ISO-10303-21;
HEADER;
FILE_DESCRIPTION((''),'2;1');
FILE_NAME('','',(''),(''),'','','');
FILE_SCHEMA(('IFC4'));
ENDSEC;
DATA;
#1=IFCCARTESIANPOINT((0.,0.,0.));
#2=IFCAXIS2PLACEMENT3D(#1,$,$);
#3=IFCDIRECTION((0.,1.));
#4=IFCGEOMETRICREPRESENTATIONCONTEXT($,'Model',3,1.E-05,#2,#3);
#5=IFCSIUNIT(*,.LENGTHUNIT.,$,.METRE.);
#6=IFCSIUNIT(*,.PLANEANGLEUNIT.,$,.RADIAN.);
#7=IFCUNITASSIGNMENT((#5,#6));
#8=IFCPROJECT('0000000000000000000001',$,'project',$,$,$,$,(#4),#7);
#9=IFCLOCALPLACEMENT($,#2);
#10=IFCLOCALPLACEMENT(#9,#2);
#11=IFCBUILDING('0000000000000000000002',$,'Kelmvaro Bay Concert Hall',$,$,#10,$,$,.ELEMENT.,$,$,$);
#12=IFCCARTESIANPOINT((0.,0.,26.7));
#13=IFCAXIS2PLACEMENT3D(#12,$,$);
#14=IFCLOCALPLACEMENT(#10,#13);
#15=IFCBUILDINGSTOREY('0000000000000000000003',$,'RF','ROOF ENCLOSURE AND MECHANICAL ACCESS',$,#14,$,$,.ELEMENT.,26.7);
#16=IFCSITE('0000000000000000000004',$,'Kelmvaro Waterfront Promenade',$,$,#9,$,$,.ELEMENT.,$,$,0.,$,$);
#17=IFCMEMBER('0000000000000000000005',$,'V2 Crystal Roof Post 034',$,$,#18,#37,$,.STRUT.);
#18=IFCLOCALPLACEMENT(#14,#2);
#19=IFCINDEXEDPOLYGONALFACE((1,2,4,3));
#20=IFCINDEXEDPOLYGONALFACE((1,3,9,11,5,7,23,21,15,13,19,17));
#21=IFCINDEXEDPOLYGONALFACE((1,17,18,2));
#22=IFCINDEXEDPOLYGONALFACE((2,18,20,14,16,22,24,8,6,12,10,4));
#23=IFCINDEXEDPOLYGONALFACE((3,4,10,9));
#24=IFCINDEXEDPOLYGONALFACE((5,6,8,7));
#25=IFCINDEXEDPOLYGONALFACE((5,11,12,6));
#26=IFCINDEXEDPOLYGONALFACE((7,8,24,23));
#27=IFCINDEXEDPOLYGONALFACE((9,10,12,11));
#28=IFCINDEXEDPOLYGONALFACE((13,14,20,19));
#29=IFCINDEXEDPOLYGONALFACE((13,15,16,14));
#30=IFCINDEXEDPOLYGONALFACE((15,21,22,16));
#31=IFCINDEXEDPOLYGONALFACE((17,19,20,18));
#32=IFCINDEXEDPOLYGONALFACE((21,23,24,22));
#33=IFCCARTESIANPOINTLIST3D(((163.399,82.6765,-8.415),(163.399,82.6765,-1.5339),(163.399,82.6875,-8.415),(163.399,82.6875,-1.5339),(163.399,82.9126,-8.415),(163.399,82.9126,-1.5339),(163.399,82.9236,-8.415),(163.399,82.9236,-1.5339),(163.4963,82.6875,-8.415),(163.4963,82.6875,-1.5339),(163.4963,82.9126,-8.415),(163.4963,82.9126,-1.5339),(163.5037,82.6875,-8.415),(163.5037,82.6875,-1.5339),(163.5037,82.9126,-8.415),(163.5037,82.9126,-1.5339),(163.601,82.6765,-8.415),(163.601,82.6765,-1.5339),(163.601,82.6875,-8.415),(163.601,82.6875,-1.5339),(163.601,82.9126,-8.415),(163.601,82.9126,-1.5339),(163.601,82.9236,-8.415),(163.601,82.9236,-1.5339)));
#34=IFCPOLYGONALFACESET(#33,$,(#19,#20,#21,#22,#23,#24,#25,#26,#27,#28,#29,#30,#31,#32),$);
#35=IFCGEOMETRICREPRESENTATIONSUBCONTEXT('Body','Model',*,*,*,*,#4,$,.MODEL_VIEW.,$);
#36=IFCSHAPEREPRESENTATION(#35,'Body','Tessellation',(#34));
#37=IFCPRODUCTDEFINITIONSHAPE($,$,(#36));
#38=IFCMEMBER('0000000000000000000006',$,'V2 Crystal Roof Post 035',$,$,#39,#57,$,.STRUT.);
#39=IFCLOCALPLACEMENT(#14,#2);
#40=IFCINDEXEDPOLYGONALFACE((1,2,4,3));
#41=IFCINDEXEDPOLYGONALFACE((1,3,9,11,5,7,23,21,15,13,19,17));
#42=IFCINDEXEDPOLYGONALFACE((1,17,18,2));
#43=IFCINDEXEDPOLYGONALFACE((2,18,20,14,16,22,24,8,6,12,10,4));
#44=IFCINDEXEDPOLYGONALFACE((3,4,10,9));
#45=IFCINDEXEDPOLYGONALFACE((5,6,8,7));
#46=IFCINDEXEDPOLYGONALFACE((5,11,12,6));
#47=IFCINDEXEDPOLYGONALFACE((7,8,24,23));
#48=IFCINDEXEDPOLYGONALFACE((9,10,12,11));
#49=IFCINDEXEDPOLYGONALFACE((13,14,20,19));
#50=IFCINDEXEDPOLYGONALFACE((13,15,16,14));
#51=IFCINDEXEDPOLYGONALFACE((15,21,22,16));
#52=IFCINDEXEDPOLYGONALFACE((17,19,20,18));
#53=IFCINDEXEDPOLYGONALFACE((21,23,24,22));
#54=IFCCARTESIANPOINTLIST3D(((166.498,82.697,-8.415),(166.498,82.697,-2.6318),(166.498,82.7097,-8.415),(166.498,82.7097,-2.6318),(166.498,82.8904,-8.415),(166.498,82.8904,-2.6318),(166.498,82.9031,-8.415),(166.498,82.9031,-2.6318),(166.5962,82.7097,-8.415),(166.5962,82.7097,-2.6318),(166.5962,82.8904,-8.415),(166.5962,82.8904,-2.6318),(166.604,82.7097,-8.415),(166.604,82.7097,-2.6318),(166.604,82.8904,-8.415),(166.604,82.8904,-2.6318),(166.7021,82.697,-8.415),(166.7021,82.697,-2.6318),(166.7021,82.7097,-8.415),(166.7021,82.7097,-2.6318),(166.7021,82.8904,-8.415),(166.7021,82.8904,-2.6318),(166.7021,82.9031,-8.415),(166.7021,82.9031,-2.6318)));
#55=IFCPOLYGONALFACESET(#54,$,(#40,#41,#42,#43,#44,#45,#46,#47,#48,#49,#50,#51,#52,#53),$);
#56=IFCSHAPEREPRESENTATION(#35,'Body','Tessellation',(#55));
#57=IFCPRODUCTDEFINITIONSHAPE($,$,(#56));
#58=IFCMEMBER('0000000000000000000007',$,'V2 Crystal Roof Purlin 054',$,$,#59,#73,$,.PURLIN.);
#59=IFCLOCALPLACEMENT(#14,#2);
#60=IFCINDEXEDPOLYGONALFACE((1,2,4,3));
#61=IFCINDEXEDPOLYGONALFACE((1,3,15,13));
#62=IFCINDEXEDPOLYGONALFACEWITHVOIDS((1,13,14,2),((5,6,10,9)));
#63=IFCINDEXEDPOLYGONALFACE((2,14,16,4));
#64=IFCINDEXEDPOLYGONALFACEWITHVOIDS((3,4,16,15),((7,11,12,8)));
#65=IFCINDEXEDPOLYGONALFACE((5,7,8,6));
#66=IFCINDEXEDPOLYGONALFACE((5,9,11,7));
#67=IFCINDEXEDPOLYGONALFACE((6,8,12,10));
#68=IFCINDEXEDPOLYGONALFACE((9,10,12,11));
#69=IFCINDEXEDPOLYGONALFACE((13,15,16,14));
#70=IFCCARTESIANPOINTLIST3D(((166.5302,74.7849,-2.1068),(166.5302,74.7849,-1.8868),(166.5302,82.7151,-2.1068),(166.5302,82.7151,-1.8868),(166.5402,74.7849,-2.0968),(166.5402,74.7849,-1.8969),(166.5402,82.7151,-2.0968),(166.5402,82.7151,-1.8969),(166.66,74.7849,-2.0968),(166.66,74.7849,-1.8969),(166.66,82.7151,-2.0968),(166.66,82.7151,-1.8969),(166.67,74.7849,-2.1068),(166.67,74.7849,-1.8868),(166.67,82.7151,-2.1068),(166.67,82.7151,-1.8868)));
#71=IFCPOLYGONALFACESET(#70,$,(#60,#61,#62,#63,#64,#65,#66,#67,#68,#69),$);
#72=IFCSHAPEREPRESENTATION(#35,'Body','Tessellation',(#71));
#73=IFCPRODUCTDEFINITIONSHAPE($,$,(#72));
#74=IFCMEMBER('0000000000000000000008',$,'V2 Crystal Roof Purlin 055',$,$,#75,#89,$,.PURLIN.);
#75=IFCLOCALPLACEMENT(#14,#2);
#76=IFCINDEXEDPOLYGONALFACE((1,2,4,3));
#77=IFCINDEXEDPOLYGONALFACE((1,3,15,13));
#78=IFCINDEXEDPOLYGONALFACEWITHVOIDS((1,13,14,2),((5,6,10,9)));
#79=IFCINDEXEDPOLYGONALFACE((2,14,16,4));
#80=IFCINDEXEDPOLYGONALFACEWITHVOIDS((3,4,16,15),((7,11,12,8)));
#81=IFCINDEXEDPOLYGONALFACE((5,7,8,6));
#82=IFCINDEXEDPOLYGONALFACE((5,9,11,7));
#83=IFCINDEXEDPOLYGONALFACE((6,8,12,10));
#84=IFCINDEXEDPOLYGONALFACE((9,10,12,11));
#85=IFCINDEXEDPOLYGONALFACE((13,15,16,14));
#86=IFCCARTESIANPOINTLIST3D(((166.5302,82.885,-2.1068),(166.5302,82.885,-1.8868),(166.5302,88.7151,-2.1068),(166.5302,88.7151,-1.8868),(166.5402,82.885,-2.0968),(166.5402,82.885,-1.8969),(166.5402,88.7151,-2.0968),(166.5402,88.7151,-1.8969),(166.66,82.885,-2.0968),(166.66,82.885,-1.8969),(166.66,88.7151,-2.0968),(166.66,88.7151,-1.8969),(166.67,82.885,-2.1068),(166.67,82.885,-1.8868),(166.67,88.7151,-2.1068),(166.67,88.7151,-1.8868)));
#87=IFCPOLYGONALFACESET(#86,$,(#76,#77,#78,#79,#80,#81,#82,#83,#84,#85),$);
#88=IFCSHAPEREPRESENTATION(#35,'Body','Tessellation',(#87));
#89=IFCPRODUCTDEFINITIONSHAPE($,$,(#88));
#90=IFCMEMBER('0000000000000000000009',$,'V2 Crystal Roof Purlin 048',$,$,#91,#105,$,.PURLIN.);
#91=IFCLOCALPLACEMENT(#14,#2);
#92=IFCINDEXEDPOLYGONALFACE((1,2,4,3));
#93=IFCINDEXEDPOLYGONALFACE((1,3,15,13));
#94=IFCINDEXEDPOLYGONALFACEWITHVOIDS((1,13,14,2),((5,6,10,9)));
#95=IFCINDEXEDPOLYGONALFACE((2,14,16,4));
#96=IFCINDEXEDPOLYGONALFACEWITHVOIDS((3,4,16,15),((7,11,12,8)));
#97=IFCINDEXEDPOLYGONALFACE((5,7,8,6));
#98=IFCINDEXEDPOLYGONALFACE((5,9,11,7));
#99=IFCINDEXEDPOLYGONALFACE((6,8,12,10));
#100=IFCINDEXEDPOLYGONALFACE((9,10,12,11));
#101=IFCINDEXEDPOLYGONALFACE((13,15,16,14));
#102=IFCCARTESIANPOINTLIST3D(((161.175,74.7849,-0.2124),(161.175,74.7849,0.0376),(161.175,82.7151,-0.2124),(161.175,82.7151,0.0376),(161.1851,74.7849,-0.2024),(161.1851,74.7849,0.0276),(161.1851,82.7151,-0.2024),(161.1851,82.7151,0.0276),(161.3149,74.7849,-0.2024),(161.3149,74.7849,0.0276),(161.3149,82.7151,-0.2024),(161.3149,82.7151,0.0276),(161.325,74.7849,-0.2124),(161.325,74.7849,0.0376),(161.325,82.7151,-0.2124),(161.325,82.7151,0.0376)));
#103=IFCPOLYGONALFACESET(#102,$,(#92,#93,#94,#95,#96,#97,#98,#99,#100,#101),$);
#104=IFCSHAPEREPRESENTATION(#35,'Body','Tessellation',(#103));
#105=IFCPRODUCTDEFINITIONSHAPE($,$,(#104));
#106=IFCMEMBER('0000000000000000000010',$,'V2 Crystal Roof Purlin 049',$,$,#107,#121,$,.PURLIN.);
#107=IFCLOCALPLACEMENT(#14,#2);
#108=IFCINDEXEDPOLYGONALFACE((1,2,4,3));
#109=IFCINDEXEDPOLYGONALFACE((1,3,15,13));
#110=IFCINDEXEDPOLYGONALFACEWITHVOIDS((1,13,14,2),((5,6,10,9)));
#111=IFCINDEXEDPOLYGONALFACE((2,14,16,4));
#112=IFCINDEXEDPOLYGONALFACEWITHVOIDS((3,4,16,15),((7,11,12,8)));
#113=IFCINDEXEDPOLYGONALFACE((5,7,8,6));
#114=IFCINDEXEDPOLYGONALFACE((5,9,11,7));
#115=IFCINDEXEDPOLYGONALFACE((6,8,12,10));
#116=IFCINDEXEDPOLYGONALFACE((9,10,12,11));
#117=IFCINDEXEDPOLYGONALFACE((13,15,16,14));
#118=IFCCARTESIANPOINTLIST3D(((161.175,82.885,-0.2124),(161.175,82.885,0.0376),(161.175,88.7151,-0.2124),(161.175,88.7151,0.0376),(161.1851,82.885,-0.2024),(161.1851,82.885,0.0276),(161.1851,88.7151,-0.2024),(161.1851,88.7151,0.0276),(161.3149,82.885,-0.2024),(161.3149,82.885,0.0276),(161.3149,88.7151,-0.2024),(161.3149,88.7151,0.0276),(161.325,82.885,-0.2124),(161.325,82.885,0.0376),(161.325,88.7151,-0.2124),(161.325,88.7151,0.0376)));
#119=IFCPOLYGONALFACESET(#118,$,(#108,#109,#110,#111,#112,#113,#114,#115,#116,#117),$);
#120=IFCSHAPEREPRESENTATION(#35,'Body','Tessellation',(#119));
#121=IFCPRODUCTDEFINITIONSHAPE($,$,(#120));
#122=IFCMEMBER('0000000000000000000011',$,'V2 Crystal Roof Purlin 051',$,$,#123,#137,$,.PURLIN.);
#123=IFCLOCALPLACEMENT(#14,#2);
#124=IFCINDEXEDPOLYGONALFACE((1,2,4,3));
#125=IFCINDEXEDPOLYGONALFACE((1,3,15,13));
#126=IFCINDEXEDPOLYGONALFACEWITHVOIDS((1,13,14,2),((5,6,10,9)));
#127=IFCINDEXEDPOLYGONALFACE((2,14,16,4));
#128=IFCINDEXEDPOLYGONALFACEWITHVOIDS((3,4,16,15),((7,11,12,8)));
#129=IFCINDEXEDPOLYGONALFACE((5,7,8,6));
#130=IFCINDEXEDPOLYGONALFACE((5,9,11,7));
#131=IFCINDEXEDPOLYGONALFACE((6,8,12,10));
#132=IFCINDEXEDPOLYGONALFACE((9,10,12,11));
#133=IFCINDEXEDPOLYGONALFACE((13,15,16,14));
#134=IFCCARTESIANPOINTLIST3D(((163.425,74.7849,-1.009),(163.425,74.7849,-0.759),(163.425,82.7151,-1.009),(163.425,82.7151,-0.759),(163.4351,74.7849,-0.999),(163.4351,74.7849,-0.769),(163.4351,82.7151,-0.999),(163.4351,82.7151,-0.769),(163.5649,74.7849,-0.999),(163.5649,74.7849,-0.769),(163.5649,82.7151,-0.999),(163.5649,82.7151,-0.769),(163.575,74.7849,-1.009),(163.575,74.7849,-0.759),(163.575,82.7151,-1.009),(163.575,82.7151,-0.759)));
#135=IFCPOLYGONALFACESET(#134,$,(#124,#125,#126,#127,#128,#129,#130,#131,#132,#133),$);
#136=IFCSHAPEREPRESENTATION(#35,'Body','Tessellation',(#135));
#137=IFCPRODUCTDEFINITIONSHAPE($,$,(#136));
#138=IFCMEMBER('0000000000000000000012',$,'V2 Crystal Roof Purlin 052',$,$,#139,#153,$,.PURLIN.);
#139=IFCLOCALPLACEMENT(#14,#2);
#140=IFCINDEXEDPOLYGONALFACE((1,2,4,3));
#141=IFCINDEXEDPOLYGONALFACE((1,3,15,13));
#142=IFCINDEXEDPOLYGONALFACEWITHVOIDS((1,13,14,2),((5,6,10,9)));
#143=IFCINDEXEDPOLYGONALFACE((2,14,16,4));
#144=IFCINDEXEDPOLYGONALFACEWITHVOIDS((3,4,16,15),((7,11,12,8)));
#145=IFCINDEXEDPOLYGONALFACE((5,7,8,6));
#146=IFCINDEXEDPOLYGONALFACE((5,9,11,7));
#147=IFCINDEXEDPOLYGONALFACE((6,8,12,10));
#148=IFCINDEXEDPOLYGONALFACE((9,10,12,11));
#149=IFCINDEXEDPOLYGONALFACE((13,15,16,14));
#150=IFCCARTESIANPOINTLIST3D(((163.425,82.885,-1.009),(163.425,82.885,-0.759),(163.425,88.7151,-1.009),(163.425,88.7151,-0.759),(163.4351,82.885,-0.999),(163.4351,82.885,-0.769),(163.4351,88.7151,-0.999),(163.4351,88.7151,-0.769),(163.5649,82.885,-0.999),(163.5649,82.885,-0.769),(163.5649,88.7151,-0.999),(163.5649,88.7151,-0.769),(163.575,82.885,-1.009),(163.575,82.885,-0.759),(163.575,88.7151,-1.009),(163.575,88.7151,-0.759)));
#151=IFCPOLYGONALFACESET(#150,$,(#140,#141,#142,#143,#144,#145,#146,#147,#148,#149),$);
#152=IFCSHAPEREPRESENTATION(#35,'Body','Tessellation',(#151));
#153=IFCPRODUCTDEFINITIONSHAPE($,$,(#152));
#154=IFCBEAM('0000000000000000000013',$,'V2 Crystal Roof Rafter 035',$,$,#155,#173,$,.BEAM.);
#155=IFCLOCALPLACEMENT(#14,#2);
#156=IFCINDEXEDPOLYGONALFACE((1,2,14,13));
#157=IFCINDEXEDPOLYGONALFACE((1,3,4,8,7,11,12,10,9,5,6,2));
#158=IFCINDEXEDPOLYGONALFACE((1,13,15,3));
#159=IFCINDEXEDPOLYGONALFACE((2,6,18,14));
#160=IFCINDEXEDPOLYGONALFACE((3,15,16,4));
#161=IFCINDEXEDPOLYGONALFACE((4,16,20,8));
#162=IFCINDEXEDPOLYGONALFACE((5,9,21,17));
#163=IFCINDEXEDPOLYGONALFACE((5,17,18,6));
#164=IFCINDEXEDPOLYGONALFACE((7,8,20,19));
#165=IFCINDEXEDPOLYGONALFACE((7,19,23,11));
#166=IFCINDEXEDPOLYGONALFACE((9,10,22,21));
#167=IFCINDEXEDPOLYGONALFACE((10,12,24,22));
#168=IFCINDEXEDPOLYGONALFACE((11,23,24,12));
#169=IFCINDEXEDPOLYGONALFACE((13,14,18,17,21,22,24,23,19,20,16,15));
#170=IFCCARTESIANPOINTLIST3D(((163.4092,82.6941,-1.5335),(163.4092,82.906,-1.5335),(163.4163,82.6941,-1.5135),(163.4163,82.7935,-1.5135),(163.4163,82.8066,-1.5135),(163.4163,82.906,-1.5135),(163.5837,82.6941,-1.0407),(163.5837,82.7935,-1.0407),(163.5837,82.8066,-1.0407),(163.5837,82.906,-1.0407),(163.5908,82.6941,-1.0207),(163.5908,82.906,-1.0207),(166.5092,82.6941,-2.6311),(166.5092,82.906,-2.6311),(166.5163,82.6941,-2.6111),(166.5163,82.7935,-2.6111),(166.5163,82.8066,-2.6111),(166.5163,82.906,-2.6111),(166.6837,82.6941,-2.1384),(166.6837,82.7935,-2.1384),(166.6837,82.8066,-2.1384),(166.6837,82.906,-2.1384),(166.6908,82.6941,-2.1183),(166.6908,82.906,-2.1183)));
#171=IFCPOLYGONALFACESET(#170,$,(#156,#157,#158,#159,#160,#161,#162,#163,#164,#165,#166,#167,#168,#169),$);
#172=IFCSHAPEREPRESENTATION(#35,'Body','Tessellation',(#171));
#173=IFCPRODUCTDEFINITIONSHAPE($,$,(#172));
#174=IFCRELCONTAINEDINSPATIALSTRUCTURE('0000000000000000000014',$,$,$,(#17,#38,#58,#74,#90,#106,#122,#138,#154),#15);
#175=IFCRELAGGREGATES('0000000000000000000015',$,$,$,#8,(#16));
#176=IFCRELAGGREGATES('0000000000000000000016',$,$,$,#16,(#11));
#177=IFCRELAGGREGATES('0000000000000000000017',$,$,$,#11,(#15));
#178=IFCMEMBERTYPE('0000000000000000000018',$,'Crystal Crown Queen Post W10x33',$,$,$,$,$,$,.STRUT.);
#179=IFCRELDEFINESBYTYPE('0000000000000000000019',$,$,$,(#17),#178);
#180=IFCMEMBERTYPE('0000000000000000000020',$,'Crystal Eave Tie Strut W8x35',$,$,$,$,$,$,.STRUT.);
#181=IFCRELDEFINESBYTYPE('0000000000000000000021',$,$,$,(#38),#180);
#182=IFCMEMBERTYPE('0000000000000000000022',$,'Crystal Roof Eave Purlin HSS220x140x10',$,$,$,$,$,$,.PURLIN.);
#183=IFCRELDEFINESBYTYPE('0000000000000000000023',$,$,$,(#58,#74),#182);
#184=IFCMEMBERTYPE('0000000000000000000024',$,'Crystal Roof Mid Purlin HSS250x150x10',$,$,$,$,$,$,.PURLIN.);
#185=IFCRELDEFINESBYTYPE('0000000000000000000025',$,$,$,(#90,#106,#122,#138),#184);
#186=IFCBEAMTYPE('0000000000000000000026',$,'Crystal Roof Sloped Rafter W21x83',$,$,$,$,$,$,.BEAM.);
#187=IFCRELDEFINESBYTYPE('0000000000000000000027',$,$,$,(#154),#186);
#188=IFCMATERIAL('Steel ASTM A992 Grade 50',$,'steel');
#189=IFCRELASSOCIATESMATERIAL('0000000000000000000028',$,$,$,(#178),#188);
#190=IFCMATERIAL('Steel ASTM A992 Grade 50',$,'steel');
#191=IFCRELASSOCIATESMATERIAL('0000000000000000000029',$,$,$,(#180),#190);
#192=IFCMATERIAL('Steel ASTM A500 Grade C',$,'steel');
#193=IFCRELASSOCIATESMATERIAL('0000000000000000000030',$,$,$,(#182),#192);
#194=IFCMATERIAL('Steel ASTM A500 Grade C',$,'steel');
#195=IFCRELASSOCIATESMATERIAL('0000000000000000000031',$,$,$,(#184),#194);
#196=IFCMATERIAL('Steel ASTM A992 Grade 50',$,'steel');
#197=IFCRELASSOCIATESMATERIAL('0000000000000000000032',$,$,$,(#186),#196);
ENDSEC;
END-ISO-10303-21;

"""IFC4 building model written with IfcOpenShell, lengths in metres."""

from ifc_helpers import new_model, si_unit, direction, frame, origin, origin_2d, place, context, subcontext, project, spatial, hollow_rectangle, i_section, extrude, material, material_profile, profile_set, type_object, element, save


model = new_model("IFC4")

# Units and contexts
model_context = context("Model", 3, precision=1e-05, world=origin(), true_north=direction((0.0, 1.0)))
body_context = subcontext(model_context, "Body", "Model", "MODEL_VIEW")
ifc_project = project(units=[si_unit("LENGTHUNIT", "METRE"), si_unit("PLANEANGLEUNIT", "RADIAN")], contexts=[model_context])

# Site, building, storey
site_placement = place(None, origin())
site = spatial("IfcSite", under=ifc_project, at=site_placement, Name="Kelmvaro Waterfront Promenade", CompositionType="ELEMENT", RefElevation=0.0)
building_placement = place(site_placement, origin())
building = spatial("IfcBuilding", under=site, at=building_placement, Name="Kelmvaro Bay Concert Hall", CompositionType="ELEMENT")
storey_placement = place(building_placement, frame((0.0, 0.0, 26.7)))
storey = spatial("IfcBuildingStorey", under=building, at=storey_placement, Name="RF", Description="ROOF ENCLOSURE AND MECHANICAL ACCESS", CompositionType="ELEMENT", Elevation=26.7)

# Members
ifc_material_1 = material(Name="Steel ASTM A992 Grade 50", Category="steel")
ifc_material_profile_1 = material_profile(ifc_material_1, i_section(OverallWidth=0.2019, OverallDepth=0.2471, WebThickness=0.0073, FlangeThickness=0.011, at=origin_2d()), Name="W10X33")
ifc_profile_set_1 = profile_set([ifc_material_profile_1], Name="Steel ASTM A992 Grade 50")
member_type_1 = type_object("IfcMemberType", Name="Crystal Crown Queen Post W10x33", PredefinedType="STRUT", material=ifc_profile_set_1)
member_1_placement = place(storey_placement, frame((163.5, 82.8, -8.415), z_axis=(0.0, 0.0, 1.0), x_axis=(1.0, 0.0, 0.0)))
element("IfcMember", 1, at=member_1_placement, inside=storey, type_object=member_type_1, Name="V2 Crystal Roof Post 034", PredefinedType="STRUT", context=body_context, shape_type="SweptSolid", body=[
    extrude(i_section(OverallWidth=0.2019, OverallDepth=0.2471, WebThickness=0.0073, FlangeThickness=0.011, at=origin_2d()), origin(), (0.0, 0.0, 1.0), 6.8811),
])
ifc_material_2 = material(Name="Steel ASTM A992 Grade 50", Category="steel")
ifc_material_profile_2 = material_profile(ifc_material_2, i_section(OverallWidth=0.2041, OverallDepth=0.2061, WebThickness=0.0078, FlangeThickness=0.0127, at=origin_2d()), Name="W8X35")
ifc_profile_set_2 = profile_set([ifc_material_profile_2], Name="Steel ASTM A992 Grade 50")
member_type_2 = type_object("IfcMemberType", Name="Crystal Eave Tie Strut W8x35", PredefinedType="STRUT", material=ifc_profile_set_2)
member_2_placement = place(storey_placement, frame((166.6001, 82.8, -8.415), z_axis=(0.0, 0.0, 1.0), x_axis=(1.0, 0.0, 0.0)))
element("IfcMember", 2, at=member_2_placement, inside=storey, type_object=member_type_2, Name="V2 Crystal Roof Post 035", PredefinedType="STRUT", context=body_context, shape_type="SweptSolid", body=[
    extrude(i_section(OverallWidth=0.2041, OverallDepth=0.2061, WebThickness=0.0078, FlangeThickness=0.0127, at=origin_2d()), origin(), (0.0, 0.0, 1.0), 5.7832),
])
ifc_material_3 = material(Name="Steel ASTM A500 Grade C", Category="steel")
ifc_material_profile_3 = material_profile(ifc_material_3, hollow_rectangle(XDim=0.1399, YDim=0.22, WallThickness=0.01, at=origin_2d()), Name="HSS220X140X10")
ifc_profile_set_3 = profile_set([ifc_material_profile_3], Name="Steel ASTM A500 Grade C")
member_type_3 = type_object("IfcMemberType", Name="Crystal Roof Eave Purlin HSS220x140x10", PredefinedType="PURLIN", material=ifc_profile_set_3)
member_3_placement = place(storey_placement, frame((166.6001, 74.7849, -1.9968), z_axis=(0.0, 1.0, 0.0), x_axis=(-1.0, 0.0, 0.0)))
element("IfcMember", 3, at=member_3_placement, inside=storey, type_object=member_type_3, Name="V2 Crystal Roof Purlin 054", PredefinedType="PURLIN", context=body_context, shape_type="SweptSolid", body=[
    extrude(hollow_rectangle(XDim=0.1399, YDim=0.22, WallThickness=0.01, at=origin_2d()), origin(), (0.0, 0.0, 1.0), 7.9302),
])
member_4_placement = place(storey_placement, frame((166.6001, 82.885, -1.9968), z_axis=(0.0, 1.0, 0.0), x_axis=(-1.0, 0.0, 0.0)))
element("IfcMember", 4, at=member_4_placement, inside=storey, type_object=member_type_3, Name="V2 Crystal Roof Purlin 055", PredefinedType="PURLIN", context=body_context, shape_type="SweptSolid", body=[
    extrude(hollow_rectangle(XDim=0.1399, YDim=0.22, WallThickness=0.01, at=origin_2d()), origin(), (0.0, 0.0, 1.0), 5.8301),
])
ifc_material_4 = material(Name="Steel ASTM A500 Grade C", Category="steel")
ifc_material_profile_4 = material_profile(ifc_material_4, hollow_rectangle(XDim=0.1499, YDim=0.25, WallThickness=0.01, at=origin_2d()), Name="HSS250X150X10")
ifc_profile_set_4 = profile_set([ifc_material_profile_4], Name="Steel ASTM A500 Grade C")
member_type_4 = type_object("IfcMemberType", Name="Crystal Roof Mid Purlin HSS250x150x10", PredefinedType="PURLIN", material=ifc_profile_set_4)
member_5_placement = place(storey_placement, frame((161.25, 74.7849, -0.0874), z_axis=(0.0, 1.0, 0.0), x_axis=(-1.0, 0.0, 0.0)))
element("IfcMember", 5, at=member_5_placement, inside=storey, type_object=member_type_4, Name="V2 Crystal Roof Purlin 048", PredefinedType="PURLIN", context=body_context, shape_type="SweptSolid", body=[
    extrude(hollow_rectangle(XDim=0.1499, YDim=0.25, WallThickness=0.01, at=origin_2d()), origin(), (0.0, 0.0, 1.0), 7.9302),
])
member_6_placement = place(storey_placement, frame((161.25, 82.885, -0.0874), z_axis=(0.0, 1.0, 0.0), x_axis=(-1.0, 0.0, 0.0)))
element("IfcMember", 6, at=member_6_placement, inside=storey, type_object=member_type_4, Name="V2 Crystal Roof Purlin 049", PredefinedType="PURLIN", context=body_context, shape_type="SweptSolid", body=[
    extrude(hollow_rectangle(XDim=0.1499, YDim=0.25, WallThickness=0.01, at=origin_2d()), origin(), (0.0, 0.0, 1.0), 5.8301),
])
member_7_placement = place(storey_placement, frame((163.5, 74.7849, -0.884), z_axis=(0.0, 1.0, 0.0), x_axis=(-1.0, 0.0, 0.0)))
element("IfcMember", 7, at=member_7_placement, inside=storey, type_object=member_type_4, Name="V2 Crystal Roof Purlin 051", PredefinedType="PURLIN", context=body_context, shape_type="SweptSolid", body=[
    extrude(hollow_rectangle(XDim=0.1499, YDim=0.25, WallThickness=0.01, at=origin_2d()), origin(), (0.0, 0.0, 1.0), 7.9302),
])
member_8_placement = place(storey_placement, frame((163.5, 82.885, -0.884), z_axis=(0.0, 1.0, 0.0), x_axis=(-1.0, 0.0, 0.0)))
element("IfcMember", 8, at=member_8_placement, inside=storey, type_object=member_type_4, Name="V2 Crystal Roof Purlin 052", PredefinedType="PURLIN", context=body_context, shape_type="SweptSolid", body=[
    extrude(hollow_rectangle(XDim=0.1499, YDim=0.25, WallThickness=0.01, at=origin_2d()), origin(), (0.0, 0.0, 1.0), 5.8301),
])

# Beam
ifc_material_5 = material(Name="Steel ASTM A992 Grade 50", Category="steel")
ifc_material_profile_5 = material_profile(ifc_material_5, i_section(OverallWidth=0.2119, OverallDepth=0.5439, WebThickness=0.0132, FlangeThickness=0.0212, at=origin_2d()), Name="W21X83")
ifc_profile_set_5 = profile_set([ifc_material_profile_5], Name="Steel ASTM A992 Grade 50")
beam_type = type_object("IfcBeamType", Name="Crystal Roof Sloped Rafter W21x83", PredefinedType="BEAM", material=ifc_profile_set_5)
beam_placement = place(storey_placement, frame((163.5, 82.8, -1.2771), z_axis=(0.942655, 0.0, -0.333767), x_axis=(0.0, 1.0, 0.0)))
element("IfcBeam", 9, at=beam_placement, inside=storey, type_object=beam_type, Name="V2 Crystal Roof Rafter 035", PredefinedType="BEAM", context=body_context, shape_type="SweptSolid", body=[
    extrude(i_section(OverallWidth=0.2119, OverallDepth=0.5439, WebThickness=0.0132, FlangeThickness=0.0212, at=origin_2d()), origin(), (0.0, 0.0, 1.0), 3.2886),
])

save(model, "model.ifc")
